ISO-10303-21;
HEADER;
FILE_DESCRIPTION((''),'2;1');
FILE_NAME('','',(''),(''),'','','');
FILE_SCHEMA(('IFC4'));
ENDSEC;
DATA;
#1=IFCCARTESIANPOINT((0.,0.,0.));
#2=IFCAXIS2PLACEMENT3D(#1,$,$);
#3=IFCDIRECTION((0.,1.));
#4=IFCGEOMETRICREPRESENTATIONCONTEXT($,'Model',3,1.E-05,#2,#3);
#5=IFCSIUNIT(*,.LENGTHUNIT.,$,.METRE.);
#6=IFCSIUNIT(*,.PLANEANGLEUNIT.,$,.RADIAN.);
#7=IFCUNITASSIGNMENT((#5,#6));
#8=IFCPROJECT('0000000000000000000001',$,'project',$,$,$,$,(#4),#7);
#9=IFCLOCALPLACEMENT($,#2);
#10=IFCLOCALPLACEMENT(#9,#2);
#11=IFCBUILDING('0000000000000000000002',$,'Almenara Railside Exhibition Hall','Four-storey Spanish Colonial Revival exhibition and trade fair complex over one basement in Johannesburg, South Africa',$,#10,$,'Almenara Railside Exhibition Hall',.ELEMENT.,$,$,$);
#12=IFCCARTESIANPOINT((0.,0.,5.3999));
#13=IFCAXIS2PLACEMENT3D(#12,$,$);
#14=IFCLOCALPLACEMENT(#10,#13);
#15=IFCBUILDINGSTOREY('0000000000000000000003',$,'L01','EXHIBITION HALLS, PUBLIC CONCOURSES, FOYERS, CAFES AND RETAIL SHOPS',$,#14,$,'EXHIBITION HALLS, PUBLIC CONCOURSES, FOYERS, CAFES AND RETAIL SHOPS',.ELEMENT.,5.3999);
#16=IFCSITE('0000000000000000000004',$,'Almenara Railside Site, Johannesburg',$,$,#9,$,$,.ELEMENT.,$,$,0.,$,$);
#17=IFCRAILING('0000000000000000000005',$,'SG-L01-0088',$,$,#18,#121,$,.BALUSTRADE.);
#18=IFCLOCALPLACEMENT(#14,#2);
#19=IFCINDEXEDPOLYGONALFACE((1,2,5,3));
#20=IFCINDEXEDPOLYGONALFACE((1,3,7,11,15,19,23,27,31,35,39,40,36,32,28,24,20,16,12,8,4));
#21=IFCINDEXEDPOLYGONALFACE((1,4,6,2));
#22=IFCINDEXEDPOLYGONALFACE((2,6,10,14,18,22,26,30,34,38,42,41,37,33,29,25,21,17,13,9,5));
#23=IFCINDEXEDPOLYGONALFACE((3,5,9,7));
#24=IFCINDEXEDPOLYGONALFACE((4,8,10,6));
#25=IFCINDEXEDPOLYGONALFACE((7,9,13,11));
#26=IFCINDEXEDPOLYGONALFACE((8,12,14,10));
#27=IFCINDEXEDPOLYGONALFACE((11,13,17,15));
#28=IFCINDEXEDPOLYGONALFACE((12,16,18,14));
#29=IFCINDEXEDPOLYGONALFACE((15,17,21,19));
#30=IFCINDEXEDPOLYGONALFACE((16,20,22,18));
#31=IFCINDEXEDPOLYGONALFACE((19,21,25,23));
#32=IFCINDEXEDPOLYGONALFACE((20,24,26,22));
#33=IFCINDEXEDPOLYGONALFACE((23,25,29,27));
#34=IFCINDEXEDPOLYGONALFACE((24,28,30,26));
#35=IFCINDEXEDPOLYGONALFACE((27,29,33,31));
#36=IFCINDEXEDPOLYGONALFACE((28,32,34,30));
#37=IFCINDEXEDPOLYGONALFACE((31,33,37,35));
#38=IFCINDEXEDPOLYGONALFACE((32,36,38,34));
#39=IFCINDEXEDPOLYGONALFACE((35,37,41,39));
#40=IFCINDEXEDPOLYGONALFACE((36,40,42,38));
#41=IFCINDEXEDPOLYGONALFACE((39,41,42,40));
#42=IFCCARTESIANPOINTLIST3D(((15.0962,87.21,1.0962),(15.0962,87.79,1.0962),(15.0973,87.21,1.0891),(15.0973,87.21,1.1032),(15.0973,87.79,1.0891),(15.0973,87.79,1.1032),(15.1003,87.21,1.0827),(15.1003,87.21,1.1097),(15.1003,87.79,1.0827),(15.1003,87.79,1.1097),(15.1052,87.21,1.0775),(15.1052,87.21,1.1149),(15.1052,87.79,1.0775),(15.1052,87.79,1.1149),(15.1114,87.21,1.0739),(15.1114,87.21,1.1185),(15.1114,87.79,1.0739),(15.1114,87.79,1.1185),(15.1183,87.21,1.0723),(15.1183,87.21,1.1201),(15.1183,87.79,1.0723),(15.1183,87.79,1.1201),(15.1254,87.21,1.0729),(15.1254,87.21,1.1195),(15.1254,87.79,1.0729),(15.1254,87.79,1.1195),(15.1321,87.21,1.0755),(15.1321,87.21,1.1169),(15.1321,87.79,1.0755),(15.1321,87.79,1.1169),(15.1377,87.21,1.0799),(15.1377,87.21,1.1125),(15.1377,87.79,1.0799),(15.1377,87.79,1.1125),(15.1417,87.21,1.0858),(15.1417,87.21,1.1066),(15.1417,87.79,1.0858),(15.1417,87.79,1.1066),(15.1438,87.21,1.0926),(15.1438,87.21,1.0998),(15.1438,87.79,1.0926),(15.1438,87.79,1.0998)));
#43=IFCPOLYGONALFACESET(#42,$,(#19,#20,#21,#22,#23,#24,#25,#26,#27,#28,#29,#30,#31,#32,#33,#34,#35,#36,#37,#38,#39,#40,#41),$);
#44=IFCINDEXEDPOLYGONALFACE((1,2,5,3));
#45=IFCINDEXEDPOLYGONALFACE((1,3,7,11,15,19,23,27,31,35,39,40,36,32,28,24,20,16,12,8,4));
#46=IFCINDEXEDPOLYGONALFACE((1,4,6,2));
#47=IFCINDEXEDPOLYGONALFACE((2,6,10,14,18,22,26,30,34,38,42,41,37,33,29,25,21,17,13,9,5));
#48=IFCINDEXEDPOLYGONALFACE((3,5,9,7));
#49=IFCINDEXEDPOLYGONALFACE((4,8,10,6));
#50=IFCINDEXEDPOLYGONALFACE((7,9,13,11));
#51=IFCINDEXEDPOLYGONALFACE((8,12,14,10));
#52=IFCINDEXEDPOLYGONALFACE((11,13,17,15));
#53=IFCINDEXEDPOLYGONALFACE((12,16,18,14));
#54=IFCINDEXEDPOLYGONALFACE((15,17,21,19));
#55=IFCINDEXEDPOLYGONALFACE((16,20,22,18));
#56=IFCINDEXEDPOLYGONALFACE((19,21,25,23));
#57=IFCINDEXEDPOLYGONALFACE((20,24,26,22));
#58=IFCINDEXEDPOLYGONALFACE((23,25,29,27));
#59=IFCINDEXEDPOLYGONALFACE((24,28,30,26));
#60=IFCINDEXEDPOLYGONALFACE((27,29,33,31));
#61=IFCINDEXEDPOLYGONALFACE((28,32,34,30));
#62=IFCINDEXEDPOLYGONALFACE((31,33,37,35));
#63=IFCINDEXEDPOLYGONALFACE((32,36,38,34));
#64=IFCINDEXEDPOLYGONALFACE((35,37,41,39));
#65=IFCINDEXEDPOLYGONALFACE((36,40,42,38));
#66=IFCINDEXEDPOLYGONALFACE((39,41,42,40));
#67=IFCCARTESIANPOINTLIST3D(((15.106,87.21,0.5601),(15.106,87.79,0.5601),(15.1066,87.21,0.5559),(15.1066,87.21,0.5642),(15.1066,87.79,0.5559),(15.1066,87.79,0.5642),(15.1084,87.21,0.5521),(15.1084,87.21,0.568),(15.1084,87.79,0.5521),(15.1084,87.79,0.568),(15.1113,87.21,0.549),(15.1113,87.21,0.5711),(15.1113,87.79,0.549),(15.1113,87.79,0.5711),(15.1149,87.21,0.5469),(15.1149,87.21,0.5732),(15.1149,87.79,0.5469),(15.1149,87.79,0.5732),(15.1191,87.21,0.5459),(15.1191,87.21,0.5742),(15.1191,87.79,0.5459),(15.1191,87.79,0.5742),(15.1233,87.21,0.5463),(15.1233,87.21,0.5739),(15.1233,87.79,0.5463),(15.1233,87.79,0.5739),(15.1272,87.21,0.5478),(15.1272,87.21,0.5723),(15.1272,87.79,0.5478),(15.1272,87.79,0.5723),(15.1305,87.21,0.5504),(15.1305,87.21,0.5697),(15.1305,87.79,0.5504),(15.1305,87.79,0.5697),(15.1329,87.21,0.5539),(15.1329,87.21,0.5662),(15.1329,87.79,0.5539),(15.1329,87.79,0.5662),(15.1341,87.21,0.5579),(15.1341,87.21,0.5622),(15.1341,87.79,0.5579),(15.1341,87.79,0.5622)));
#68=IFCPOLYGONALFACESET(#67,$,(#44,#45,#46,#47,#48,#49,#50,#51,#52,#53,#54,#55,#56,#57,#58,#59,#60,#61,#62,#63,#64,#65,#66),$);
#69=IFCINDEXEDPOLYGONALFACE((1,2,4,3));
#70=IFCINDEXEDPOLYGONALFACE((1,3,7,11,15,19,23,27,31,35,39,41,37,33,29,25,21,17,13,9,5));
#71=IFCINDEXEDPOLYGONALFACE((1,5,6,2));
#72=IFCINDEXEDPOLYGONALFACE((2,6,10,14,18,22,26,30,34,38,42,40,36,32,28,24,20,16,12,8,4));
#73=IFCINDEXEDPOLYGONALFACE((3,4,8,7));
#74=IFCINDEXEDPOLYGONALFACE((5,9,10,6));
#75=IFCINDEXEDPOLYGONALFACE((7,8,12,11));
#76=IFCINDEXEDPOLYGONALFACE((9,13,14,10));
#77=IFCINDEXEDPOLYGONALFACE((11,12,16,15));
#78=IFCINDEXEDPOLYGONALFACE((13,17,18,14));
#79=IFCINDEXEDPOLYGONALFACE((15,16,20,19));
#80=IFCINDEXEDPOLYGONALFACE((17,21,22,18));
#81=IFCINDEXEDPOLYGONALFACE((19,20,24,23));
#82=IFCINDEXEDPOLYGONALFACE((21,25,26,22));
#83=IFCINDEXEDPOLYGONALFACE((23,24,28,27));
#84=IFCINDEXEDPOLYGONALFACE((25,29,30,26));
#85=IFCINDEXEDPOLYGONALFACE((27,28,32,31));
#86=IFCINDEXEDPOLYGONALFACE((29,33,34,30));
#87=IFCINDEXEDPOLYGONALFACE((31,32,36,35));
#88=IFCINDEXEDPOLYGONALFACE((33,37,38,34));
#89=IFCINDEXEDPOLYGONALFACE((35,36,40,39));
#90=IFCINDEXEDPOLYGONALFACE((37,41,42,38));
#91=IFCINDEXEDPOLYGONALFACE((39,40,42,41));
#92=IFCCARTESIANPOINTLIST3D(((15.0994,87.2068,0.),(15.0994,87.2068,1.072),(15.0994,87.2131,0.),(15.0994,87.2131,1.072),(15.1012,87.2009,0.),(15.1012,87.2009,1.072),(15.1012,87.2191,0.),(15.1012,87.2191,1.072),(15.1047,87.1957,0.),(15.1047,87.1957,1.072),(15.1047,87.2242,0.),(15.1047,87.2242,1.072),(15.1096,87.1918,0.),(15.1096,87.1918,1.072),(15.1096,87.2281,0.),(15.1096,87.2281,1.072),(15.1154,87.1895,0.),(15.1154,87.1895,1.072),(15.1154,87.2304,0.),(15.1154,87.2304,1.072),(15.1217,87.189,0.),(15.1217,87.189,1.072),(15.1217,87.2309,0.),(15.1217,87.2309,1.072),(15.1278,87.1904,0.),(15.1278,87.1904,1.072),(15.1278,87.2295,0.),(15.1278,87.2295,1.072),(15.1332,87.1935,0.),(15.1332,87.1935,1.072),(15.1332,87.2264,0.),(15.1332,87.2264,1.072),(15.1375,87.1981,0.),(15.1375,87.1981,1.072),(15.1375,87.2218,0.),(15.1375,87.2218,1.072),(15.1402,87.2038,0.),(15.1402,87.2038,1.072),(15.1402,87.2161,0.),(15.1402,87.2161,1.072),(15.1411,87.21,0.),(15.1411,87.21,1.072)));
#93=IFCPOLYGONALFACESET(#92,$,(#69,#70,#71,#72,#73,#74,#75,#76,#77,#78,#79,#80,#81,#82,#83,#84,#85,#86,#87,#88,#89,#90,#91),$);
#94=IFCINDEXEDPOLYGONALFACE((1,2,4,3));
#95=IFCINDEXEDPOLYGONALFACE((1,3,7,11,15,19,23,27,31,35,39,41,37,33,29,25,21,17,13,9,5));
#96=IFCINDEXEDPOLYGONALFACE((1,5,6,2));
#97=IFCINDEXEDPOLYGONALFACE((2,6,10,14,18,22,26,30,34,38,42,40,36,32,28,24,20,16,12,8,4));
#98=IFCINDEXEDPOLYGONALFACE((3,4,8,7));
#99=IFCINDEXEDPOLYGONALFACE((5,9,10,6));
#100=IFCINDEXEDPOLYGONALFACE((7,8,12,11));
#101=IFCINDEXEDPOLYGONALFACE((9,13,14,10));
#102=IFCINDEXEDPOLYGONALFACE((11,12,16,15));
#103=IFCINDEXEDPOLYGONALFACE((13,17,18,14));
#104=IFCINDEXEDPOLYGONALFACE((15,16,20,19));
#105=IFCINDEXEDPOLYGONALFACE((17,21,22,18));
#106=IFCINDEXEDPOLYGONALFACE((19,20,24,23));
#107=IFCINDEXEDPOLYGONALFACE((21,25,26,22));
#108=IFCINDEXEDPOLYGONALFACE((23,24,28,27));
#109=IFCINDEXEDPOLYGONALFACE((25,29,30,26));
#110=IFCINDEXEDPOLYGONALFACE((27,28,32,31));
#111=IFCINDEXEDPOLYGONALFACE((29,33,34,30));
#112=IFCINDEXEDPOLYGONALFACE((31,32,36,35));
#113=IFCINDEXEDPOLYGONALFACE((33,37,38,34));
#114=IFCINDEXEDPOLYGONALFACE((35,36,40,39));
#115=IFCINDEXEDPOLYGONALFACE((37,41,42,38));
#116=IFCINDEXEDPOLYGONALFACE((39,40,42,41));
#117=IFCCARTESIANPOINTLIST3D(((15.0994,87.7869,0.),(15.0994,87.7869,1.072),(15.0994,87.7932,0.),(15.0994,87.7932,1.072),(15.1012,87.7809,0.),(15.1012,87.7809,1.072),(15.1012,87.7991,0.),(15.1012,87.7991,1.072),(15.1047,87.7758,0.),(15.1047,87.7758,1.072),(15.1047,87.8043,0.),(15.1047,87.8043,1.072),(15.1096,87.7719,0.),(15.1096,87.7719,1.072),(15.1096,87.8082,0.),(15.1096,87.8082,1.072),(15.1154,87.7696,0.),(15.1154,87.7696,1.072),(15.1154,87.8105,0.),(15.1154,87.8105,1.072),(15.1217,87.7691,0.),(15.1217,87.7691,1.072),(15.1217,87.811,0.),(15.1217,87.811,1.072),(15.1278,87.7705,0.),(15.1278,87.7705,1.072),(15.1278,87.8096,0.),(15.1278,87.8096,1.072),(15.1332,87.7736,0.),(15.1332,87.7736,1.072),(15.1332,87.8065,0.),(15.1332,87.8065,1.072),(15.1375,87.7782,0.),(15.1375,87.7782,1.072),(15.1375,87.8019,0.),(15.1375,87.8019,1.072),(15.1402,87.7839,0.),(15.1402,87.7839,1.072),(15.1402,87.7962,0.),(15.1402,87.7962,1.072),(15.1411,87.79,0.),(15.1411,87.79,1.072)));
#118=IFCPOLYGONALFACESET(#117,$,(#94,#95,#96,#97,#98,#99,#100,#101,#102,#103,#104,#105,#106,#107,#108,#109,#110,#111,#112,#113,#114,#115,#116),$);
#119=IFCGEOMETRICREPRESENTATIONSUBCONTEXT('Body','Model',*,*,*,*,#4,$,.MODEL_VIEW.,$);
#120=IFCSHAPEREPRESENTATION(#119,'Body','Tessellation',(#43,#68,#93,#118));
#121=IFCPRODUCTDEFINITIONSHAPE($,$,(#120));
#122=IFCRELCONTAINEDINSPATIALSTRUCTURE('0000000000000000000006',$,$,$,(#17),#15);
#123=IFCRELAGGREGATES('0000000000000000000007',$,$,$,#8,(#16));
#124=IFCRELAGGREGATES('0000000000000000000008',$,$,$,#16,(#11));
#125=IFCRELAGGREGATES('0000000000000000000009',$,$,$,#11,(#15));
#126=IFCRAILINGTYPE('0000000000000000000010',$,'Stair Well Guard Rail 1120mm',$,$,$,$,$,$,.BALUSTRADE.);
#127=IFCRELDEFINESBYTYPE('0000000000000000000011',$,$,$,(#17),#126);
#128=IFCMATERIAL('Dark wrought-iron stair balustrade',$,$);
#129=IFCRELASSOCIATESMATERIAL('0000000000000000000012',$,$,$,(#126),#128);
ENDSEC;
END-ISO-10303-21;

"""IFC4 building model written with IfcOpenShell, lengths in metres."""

from ifc_helpers import new_model, si_unit, direction, frame, origin, origin_2d, place, context, subcontext, project, spatial, circle, extrude, material, type_object, element, save


model = new_model("IFC4")

# Units and contexts
model_context = context("Model", 3, precision=1e-05, world=origin(), true_north=direction((0.0, 1.0)))
body_context = subcontext(model_context, "Body", "Model", "MODEL_VIEW")
ifc_project = project(units=[si_unit("LENGTHUNIT", "METRE"), si_unit("PLANEANGLEUNIT", "RADIAN")], contexts=[model_context])

# Site, building, storey
site_placement = place(None, origin())
site = spatial("IfcSite", under=ifc_project, at=site_placement, Name="Almenara Railside Site, Johannesburg", CompositionType="ELEMENT", RefElevation=0.0)
building_placement = place(site_placement, origin())
building = spatial("IfcBuilding", under=site, at=building_placement, Name="Almenara Railside Exhibition Hall", Description="Four-storey Spanish Colonial Revival exhibition and trade fair complex over one basement in Johannesburg, South Africa", LongName="Almenara Railside Exhibition Hall", CompositionType="ELEMENT")
storey_placement = place(building_placement, frame((0.0, 0.0, 5.3999)))
storey = spatial("IfcBuildingStorey", under=building, at=storey_placement, Name="L01", Description="EXHIBITION HALLS, PUBLIC CONCOURSES, FOYERS, CAFES AND RETAIL SHOPS", LongName="EXHIBITION HALLS, PUBLIC CONCOURSES, FOYERS, CAFES AND RETAIL SHOPS", CompositionType="ELEMENT", Elevation=5.3999)

# Railing
ifc_material_1 = material(Name="Dark wrought-iron stair balustrade")
railing_type_1 = type_object("IfcRailingType", Name="Stair Well Guard Rail 1120mm", PredefinedType="BALUSTRADE", material=ifc_material_1)
railing_1_placement = place(storey_placement, frame((15.1201, 87.21, 0.0)))
element("IfcRailing", 1, at=railing_1_placement, inside=storey, type_object=railing_type_1, Name="SG-L01-0088", PredefinedType="BALUSTRADE", context=body_context, shape_type="SweptSolid", body=[
    extrude(circle(Radius=0.0239, at=origin_2d()), frame((0.0, 0.0, 1.0962), z_axis=(0.0, 1.0, 0.0), x_axis=(-1.0, 0.0, 0.0)), (0.0, 0.0, 1.0), 0.5801),
    extrude(circle(Radius=0.0142, at=origin_2d()), frame((0.0, 0.0, 0.5601), z_axis=(0.0, 1.0, 0.0), x_axis=(-1.0, 0.0, 0.0)), (0.0, 0.0, 1.0), 0.5801),
    extrude(circle(Radius=0.021, at=origin_2d()), origin(), (0.0, 0.0, 1.0), 1.072),
    extrude(circle(Radius=0.021, at=origin_2d()), frame((0.0, 0.5801, 0.0)), (0.0, 0.0, 1.0), 1.072),
])

save(model, "model.ifc")
